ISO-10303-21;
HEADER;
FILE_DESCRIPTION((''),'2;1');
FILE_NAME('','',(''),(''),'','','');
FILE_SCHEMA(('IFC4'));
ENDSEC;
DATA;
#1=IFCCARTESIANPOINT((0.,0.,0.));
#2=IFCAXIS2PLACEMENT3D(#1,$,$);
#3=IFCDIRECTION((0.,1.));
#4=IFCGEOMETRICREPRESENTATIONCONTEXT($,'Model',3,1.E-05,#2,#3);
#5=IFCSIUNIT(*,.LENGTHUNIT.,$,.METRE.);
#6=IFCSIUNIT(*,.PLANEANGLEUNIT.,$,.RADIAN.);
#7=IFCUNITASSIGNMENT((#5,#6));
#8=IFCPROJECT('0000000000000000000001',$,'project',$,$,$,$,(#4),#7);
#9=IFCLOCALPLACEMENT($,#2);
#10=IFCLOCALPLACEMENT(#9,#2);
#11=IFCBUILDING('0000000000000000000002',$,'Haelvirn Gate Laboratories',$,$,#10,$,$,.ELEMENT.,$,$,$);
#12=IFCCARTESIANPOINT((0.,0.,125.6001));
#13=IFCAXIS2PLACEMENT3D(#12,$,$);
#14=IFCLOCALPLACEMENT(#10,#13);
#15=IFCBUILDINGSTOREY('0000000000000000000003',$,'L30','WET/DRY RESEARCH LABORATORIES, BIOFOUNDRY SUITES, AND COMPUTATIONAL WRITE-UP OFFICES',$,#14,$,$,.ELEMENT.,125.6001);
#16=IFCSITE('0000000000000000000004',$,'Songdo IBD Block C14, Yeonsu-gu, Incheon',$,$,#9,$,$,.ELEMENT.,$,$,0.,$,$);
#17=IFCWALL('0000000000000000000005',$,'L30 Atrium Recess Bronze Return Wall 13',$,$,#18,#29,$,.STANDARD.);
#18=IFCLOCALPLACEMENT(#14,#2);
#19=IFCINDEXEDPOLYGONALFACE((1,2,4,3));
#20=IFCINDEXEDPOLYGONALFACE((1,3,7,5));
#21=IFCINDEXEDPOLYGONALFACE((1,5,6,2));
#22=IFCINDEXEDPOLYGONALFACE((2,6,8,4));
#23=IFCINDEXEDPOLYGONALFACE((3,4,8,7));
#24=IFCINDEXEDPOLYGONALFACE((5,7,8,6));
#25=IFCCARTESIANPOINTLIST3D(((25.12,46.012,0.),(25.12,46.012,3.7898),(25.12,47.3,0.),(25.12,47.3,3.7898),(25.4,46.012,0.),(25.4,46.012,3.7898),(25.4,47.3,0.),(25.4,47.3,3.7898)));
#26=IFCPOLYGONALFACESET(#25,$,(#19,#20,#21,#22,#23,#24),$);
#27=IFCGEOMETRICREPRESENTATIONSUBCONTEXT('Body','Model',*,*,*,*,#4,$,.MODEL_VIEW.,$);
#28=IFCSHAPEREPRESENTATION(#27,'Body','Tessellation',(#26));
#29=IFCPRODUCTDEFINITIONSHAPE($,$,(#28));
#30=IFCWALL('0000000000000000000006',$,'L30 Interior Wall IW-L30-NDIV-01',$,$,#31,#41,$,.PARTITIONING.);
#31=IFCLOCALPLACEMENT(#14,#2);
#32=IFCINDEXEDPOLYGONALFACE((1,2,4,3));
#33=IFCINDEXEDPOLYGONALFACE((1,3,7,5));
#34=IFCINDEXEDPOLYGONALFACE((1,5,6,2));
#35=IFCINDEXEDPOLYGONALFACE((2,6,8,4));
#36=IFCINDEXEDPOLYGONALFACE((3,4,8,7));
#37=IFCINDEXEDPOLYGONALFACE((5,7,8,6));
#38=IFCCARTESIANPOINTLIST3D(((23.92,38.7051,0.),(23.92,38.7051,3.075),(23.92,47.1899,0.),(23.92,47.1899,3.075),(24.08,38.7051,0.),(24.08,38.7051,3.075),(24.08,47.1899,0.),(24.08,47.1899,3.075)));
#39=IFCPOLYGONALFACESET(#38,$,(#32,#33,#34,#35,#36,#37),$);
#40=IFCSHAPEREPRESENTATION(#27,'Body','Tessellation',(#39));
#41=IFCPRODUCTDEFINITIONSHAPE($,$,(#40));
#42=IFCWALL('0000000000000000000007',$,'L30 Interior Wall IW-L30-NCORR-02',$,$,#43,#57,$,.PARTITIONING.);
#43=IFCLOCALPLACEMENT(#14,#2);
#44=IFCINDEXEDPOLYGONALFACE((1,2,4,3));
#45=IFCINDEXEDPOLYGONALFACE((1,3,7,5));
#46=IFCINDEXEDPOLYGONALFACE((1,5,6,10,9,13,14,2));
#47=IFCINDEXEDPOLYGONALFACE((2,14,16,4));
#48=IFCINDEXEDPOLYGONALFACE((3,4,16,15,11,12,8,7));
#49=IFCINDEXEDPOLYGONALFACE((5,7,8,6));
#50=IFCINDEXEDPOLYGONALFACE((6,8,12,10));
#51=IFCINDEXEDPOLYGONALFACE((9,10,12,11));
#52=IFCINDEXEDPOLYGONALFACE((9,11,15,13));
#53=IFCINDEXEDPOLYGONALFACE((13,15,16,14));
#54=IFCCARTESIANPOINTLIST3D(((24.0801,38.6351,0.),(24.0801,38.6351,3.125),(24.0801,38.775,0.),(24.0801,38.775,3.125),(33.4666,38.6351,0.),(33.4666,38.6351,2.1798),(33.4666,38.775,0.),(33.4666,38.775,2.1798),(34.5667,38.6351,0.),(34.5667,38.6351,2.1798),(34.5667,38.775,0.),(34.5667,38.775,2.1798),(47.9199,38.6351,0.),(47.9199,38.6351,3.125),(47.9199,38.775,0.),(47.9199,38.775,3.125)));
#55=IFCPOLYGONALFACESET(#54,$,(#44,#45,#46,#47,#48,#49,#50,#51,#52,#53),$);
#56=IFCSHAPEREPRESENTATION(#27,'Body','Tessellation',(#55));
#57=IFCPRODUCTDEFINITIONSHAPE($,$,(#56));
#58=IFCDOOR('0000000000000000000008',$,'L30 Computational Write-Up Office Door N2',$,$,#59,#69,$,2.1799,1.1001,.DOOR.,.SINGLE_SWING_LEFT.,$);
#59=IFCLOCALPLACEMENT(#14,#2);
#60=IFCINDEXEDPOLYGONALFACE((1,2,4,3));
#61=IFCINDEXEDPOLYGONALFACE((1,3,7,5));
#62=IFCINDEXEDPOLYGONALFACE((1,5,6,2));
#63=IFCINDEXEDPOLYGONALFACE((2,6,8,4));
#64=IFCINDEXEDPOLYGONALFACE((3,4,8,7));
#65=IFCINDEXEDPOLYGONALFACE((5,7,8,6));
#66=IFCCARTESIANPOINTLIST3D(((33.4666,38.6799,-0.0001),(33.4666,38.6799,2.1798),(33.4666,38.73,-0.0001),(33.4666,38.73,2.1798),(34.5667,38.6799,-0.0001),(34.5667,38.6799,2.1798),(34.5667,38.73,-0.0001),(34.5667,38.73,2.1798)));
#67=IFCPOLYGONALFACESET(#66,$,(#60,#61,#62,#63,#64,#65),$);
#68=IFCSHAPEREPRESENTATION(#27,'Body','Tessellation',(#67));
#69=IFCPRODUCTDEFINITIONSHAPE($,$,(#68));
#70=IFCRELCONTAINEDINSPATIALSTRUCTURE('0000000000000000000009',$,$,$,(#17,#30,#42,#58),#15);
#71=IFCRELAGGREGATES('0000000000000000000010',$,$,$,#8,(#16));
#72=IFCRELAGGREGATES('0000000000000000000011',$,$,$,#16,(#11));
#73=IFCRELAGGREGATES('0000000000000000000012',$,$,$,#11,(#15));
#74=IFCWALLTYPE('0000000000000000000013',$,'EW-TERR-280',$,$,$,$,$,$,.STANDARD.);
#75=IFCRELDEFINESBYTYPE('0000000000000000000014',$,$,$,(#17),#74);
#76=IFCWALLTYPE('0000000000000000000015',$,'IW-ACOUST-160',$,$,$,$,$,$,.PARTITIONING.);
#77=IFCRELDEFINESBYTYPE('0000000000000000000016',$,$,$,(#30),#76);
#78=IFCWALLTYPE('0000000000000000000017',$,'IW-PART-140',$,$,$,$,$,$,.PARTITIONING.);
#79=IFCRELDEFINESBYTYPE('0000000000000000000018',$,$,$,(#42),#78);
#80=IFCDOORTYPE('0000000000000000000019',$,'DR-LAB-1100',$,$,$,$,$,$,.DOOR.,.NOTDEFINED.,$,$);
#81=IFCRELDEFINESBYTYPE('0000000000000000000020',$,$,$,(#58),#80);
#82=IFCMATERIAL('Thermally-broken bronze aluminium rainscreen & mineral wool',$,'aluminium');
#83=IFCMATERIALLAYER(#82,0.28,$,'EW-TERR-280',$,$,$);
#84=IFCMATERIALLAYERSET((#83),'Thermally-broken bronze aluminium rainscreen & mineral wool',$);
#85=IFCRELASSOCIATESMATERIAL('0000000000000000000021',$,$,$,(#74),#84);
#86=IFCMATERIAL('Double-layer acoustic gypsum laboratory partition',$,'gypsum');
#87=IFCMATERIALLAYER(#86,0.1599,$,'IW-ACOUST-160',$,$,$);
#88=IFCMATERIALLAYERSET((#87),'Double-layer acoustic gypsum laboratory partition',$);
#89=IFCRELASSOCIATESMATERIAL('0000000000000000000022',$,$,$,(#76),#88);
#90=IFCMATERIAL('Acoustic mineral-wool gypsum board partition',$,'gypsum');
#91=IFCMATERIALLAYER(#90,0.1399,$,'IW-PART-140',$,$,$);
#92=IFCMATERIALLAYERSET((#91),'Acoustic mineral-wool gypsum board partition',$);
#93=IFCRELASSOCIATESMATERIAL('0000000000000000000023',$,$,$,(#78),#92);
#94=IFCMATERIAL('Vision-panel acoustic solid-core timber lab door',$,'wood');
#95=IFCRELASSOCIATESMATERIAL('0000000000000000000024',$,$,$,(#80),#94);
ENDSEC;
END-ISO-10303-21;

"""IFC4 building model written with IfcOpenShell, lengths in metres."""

from ifc_helpers import new_model, si_unit, direction, frame, frame_2d, origin, place, context, subcontext, project, spatial, rectangle, extrude, source, transform, mapped, material, layer, layer_set, type_object, type_shapes, element, fill, save


model = new_model("IFC4")

# Units and contexts
model_context = context("Model", 3, precision=1e-05, world=origin(), true_north=direction((0.0, 1.0)))
body_context = subcontext(model_context, "Body", "Model", "MODEL_VIEW")
ifc_project = project(units=[si_unit("LENGTHUNIT", "METRE"), si_unit("PLANEANGLEUNIT", "RADIAN")], contexts=[model_context])

# Site, building, storey
site_placement = place(None, origin())
site = spatial("IfcSite", under=ifc_project, at=site_placement, Name="Songdo IBD Block C14, Yeonsu-gu, Incheon", CompositionType="ELEMENT", RefElevation=0.0)
building_placement = place(site_placement, origin())
building = spatial("IfcBuilding", under=site, at=building_placement, Name="Haelvirn Gate Laboratories", CompositionType="ELEMENT")
storey_placement = place(building_placement, frame((0.0, 0.0, 125.6001)))
storey = spatial("IfcBuildingStorey", under=building, at=storey_placement, Name="L30", Description="WET/DRY RESEARCH LABORATORIES, BIOFOUNDRY SUITES, AND COMPUTATIONAL WRITE-UP OFFICES", CompositionType="ELEMENT", Elevation=125.6001)

# Walls
ifc_material_1 = material(Name="Thermally-broken bronze aluminium rainscreen & mineral wool", Category="aluminium")
ifc_layer_1 = layer(ifc_material_1, 0.28, Name="EW-TERR-280")
ifc_layer_set_1 = layer_set([ifc_layer_1], Name="Thermally-broken bronze aluminium rainscreen & mineral wool")
wall_type_1 = type_object("IfcWallType", Name="EW-TERR-280", PredefinedType="STANDARD", material=ifc_layer_set_1)
wall_1_placement = place(storey_placement, frame((25.26, 46.012, 0.0), z_axis=(0.0, 0.0, 1.0), x_axis=(0.0, 1.0, 0.0)))
element("IfcWall", 1, at=wall_1_placement, inside=storey, type_object=wall_type_1, Name="L30 Atrium Recess Bronze Return Wall 13", PredefinedType="STANDARD", context=body_context, shape_type="SweptSolid", body=[
    extrude(rectangle(XDim=1.2881, YDim=0.28, at=frame_2d((0.644, 0.0))), origin(), (0.0, 0.0, 1.0), 3.7898),
])
ifc_material_2 = material(Name="Double-layer acoustic gypsum laboratory partition", Category="gypsum")
ifc_layer_2 = layer(ifc_material_2, 0.1599, Name="IW-ACOUST-160")
ifc_layer_set_2 = layer_set([ifc_layer_2], Name="Double-layer acoustic gypsum laboratory partition")
wall_type_2 = type_object("IfcWallType", Name="IW-ACOUST-160", PredefinedType="PARTITIONING", material=ifc_layer_set_2)
wall_2_placement = place(storey_placement, frame((24.0, 38.7051, 0.0), z_axis=(0.0, 0.0, 1.0), x_axis=(0.0, 1.0, 0.0)))
element("IfcWall", 2, at=wall_2_placement, inside=storey, type_object=wall_type_2, Name="L30 Interior Wall IW-L30-NDIV-01", PredefinedType="PARTITIONING", context=body_context, shape_type="SweptSolid", body=[
    extrude(rectangle(XDim=8.4849, YDim=0.1599, at=frame_2d((4.2424, 0.0))), origin(), (0.0, 0.0, 1.0), 3.075),
])

# Wall, opening, door
ifc_material_3 = material(Name="Acoustic mineral-wool gypsum board partition", Category="gypsum")
ifc_layer_3 = layer(ifc_material_3, 0.1399, Name="IW-PART-140")
ifc_layer_set_3 = layer_set([ifc_layer_3], Name="Acoustic mineral-wool gypsum board partition")
wall_type_3 = type_object("IfcWallType", Name="IW-PART-140", PredefinedType="PARTITIONING", material=ifc_layer_set_3)
wall_3_placement = place(storey_placement, frame((24.0801, 38.7051, 0.0), z_axis=(0.0, 0.0, 1.0), x_axis=(1.0, 0.0, 0.0)))
wall_3 = element("IfcWall", 3, at=wall_3_placement, inside=storey, type_object=wall_type_3, Name="L30 Interior Wall IW-L30-NCORR-02", PredefinedType="PARTITIONING", context=body_context, shape_type="SweptSolid", body=[
    extrude(rectangle(XDim=23.8398, YDim=0.1399, at=frame_2d((11.9199, 0.0))), origin(), (0.0, 0.0, 1.0), 3.125),
])
opening_placement = place(wall_3_placement, frame((9.3865, 0.0, 0.0)))
opening = element("IfcOpeningElement", 4, at=opening_placement, cuts=wall_3, PredefinedType="OPENING", context=body_context, shape_type="SweptSolid", body=[
    extrude(rectangle(XDim=1.1001, YDim=2.1799, at=frame_2d((0.55, 1.0898))), frame((0.0, 0.0801, 0.0), z_axis=(0.0, -1.0, 0.0), x_axis=(1.0, 0.0, 0.0)), (0.0, 0.0, 1.0), 0.1599),
])
ifc_material_4 = material(Name="Vision-panel acoustic solid-core timber lab door", Category="wood")
door_type = type_object("IfcDoorType", Name="DR-LAB-1100", OperationType="NOTDEFINED", PredefinedType="DOOR", material=ifc_material_4)
shared_shape_1 = source(origin(), body_context, "Body", "SweptSolid", [
    extrude(rectangle(XDim=1.1001, YDim=2.1799, at=frame_2d((0.55, 1.0898))), frame((0.0, 0.0249, 0.0), z_axis=(0.0, -1.0, 0.0), x_axis=(1.0, 0.0, 0.0)), (0.0, 0.0, 1.0), 0.05),
])
type_shapes(door_type, [shared_shape_1])
door_placement = place(opening_placement, origin())
door = element("IfcDoor", 5, at=door_placement, inside=storey, type_object=door_type, Name="L30 Computational Write-Up Office Door N2", OperationType="SINGLE_SWING_LEFT", OverallHeight=2.1799, OverallWidth=1.1001, PredefinedType="DOOR", context=body_context, shape_type="MappedRepresentation", body=[
    mapped(shared_shape_1, transform((0.0, 0.0, 0.0), scale=1.0)),
])
fill(opening, door)

save(model, "model.ifc")
